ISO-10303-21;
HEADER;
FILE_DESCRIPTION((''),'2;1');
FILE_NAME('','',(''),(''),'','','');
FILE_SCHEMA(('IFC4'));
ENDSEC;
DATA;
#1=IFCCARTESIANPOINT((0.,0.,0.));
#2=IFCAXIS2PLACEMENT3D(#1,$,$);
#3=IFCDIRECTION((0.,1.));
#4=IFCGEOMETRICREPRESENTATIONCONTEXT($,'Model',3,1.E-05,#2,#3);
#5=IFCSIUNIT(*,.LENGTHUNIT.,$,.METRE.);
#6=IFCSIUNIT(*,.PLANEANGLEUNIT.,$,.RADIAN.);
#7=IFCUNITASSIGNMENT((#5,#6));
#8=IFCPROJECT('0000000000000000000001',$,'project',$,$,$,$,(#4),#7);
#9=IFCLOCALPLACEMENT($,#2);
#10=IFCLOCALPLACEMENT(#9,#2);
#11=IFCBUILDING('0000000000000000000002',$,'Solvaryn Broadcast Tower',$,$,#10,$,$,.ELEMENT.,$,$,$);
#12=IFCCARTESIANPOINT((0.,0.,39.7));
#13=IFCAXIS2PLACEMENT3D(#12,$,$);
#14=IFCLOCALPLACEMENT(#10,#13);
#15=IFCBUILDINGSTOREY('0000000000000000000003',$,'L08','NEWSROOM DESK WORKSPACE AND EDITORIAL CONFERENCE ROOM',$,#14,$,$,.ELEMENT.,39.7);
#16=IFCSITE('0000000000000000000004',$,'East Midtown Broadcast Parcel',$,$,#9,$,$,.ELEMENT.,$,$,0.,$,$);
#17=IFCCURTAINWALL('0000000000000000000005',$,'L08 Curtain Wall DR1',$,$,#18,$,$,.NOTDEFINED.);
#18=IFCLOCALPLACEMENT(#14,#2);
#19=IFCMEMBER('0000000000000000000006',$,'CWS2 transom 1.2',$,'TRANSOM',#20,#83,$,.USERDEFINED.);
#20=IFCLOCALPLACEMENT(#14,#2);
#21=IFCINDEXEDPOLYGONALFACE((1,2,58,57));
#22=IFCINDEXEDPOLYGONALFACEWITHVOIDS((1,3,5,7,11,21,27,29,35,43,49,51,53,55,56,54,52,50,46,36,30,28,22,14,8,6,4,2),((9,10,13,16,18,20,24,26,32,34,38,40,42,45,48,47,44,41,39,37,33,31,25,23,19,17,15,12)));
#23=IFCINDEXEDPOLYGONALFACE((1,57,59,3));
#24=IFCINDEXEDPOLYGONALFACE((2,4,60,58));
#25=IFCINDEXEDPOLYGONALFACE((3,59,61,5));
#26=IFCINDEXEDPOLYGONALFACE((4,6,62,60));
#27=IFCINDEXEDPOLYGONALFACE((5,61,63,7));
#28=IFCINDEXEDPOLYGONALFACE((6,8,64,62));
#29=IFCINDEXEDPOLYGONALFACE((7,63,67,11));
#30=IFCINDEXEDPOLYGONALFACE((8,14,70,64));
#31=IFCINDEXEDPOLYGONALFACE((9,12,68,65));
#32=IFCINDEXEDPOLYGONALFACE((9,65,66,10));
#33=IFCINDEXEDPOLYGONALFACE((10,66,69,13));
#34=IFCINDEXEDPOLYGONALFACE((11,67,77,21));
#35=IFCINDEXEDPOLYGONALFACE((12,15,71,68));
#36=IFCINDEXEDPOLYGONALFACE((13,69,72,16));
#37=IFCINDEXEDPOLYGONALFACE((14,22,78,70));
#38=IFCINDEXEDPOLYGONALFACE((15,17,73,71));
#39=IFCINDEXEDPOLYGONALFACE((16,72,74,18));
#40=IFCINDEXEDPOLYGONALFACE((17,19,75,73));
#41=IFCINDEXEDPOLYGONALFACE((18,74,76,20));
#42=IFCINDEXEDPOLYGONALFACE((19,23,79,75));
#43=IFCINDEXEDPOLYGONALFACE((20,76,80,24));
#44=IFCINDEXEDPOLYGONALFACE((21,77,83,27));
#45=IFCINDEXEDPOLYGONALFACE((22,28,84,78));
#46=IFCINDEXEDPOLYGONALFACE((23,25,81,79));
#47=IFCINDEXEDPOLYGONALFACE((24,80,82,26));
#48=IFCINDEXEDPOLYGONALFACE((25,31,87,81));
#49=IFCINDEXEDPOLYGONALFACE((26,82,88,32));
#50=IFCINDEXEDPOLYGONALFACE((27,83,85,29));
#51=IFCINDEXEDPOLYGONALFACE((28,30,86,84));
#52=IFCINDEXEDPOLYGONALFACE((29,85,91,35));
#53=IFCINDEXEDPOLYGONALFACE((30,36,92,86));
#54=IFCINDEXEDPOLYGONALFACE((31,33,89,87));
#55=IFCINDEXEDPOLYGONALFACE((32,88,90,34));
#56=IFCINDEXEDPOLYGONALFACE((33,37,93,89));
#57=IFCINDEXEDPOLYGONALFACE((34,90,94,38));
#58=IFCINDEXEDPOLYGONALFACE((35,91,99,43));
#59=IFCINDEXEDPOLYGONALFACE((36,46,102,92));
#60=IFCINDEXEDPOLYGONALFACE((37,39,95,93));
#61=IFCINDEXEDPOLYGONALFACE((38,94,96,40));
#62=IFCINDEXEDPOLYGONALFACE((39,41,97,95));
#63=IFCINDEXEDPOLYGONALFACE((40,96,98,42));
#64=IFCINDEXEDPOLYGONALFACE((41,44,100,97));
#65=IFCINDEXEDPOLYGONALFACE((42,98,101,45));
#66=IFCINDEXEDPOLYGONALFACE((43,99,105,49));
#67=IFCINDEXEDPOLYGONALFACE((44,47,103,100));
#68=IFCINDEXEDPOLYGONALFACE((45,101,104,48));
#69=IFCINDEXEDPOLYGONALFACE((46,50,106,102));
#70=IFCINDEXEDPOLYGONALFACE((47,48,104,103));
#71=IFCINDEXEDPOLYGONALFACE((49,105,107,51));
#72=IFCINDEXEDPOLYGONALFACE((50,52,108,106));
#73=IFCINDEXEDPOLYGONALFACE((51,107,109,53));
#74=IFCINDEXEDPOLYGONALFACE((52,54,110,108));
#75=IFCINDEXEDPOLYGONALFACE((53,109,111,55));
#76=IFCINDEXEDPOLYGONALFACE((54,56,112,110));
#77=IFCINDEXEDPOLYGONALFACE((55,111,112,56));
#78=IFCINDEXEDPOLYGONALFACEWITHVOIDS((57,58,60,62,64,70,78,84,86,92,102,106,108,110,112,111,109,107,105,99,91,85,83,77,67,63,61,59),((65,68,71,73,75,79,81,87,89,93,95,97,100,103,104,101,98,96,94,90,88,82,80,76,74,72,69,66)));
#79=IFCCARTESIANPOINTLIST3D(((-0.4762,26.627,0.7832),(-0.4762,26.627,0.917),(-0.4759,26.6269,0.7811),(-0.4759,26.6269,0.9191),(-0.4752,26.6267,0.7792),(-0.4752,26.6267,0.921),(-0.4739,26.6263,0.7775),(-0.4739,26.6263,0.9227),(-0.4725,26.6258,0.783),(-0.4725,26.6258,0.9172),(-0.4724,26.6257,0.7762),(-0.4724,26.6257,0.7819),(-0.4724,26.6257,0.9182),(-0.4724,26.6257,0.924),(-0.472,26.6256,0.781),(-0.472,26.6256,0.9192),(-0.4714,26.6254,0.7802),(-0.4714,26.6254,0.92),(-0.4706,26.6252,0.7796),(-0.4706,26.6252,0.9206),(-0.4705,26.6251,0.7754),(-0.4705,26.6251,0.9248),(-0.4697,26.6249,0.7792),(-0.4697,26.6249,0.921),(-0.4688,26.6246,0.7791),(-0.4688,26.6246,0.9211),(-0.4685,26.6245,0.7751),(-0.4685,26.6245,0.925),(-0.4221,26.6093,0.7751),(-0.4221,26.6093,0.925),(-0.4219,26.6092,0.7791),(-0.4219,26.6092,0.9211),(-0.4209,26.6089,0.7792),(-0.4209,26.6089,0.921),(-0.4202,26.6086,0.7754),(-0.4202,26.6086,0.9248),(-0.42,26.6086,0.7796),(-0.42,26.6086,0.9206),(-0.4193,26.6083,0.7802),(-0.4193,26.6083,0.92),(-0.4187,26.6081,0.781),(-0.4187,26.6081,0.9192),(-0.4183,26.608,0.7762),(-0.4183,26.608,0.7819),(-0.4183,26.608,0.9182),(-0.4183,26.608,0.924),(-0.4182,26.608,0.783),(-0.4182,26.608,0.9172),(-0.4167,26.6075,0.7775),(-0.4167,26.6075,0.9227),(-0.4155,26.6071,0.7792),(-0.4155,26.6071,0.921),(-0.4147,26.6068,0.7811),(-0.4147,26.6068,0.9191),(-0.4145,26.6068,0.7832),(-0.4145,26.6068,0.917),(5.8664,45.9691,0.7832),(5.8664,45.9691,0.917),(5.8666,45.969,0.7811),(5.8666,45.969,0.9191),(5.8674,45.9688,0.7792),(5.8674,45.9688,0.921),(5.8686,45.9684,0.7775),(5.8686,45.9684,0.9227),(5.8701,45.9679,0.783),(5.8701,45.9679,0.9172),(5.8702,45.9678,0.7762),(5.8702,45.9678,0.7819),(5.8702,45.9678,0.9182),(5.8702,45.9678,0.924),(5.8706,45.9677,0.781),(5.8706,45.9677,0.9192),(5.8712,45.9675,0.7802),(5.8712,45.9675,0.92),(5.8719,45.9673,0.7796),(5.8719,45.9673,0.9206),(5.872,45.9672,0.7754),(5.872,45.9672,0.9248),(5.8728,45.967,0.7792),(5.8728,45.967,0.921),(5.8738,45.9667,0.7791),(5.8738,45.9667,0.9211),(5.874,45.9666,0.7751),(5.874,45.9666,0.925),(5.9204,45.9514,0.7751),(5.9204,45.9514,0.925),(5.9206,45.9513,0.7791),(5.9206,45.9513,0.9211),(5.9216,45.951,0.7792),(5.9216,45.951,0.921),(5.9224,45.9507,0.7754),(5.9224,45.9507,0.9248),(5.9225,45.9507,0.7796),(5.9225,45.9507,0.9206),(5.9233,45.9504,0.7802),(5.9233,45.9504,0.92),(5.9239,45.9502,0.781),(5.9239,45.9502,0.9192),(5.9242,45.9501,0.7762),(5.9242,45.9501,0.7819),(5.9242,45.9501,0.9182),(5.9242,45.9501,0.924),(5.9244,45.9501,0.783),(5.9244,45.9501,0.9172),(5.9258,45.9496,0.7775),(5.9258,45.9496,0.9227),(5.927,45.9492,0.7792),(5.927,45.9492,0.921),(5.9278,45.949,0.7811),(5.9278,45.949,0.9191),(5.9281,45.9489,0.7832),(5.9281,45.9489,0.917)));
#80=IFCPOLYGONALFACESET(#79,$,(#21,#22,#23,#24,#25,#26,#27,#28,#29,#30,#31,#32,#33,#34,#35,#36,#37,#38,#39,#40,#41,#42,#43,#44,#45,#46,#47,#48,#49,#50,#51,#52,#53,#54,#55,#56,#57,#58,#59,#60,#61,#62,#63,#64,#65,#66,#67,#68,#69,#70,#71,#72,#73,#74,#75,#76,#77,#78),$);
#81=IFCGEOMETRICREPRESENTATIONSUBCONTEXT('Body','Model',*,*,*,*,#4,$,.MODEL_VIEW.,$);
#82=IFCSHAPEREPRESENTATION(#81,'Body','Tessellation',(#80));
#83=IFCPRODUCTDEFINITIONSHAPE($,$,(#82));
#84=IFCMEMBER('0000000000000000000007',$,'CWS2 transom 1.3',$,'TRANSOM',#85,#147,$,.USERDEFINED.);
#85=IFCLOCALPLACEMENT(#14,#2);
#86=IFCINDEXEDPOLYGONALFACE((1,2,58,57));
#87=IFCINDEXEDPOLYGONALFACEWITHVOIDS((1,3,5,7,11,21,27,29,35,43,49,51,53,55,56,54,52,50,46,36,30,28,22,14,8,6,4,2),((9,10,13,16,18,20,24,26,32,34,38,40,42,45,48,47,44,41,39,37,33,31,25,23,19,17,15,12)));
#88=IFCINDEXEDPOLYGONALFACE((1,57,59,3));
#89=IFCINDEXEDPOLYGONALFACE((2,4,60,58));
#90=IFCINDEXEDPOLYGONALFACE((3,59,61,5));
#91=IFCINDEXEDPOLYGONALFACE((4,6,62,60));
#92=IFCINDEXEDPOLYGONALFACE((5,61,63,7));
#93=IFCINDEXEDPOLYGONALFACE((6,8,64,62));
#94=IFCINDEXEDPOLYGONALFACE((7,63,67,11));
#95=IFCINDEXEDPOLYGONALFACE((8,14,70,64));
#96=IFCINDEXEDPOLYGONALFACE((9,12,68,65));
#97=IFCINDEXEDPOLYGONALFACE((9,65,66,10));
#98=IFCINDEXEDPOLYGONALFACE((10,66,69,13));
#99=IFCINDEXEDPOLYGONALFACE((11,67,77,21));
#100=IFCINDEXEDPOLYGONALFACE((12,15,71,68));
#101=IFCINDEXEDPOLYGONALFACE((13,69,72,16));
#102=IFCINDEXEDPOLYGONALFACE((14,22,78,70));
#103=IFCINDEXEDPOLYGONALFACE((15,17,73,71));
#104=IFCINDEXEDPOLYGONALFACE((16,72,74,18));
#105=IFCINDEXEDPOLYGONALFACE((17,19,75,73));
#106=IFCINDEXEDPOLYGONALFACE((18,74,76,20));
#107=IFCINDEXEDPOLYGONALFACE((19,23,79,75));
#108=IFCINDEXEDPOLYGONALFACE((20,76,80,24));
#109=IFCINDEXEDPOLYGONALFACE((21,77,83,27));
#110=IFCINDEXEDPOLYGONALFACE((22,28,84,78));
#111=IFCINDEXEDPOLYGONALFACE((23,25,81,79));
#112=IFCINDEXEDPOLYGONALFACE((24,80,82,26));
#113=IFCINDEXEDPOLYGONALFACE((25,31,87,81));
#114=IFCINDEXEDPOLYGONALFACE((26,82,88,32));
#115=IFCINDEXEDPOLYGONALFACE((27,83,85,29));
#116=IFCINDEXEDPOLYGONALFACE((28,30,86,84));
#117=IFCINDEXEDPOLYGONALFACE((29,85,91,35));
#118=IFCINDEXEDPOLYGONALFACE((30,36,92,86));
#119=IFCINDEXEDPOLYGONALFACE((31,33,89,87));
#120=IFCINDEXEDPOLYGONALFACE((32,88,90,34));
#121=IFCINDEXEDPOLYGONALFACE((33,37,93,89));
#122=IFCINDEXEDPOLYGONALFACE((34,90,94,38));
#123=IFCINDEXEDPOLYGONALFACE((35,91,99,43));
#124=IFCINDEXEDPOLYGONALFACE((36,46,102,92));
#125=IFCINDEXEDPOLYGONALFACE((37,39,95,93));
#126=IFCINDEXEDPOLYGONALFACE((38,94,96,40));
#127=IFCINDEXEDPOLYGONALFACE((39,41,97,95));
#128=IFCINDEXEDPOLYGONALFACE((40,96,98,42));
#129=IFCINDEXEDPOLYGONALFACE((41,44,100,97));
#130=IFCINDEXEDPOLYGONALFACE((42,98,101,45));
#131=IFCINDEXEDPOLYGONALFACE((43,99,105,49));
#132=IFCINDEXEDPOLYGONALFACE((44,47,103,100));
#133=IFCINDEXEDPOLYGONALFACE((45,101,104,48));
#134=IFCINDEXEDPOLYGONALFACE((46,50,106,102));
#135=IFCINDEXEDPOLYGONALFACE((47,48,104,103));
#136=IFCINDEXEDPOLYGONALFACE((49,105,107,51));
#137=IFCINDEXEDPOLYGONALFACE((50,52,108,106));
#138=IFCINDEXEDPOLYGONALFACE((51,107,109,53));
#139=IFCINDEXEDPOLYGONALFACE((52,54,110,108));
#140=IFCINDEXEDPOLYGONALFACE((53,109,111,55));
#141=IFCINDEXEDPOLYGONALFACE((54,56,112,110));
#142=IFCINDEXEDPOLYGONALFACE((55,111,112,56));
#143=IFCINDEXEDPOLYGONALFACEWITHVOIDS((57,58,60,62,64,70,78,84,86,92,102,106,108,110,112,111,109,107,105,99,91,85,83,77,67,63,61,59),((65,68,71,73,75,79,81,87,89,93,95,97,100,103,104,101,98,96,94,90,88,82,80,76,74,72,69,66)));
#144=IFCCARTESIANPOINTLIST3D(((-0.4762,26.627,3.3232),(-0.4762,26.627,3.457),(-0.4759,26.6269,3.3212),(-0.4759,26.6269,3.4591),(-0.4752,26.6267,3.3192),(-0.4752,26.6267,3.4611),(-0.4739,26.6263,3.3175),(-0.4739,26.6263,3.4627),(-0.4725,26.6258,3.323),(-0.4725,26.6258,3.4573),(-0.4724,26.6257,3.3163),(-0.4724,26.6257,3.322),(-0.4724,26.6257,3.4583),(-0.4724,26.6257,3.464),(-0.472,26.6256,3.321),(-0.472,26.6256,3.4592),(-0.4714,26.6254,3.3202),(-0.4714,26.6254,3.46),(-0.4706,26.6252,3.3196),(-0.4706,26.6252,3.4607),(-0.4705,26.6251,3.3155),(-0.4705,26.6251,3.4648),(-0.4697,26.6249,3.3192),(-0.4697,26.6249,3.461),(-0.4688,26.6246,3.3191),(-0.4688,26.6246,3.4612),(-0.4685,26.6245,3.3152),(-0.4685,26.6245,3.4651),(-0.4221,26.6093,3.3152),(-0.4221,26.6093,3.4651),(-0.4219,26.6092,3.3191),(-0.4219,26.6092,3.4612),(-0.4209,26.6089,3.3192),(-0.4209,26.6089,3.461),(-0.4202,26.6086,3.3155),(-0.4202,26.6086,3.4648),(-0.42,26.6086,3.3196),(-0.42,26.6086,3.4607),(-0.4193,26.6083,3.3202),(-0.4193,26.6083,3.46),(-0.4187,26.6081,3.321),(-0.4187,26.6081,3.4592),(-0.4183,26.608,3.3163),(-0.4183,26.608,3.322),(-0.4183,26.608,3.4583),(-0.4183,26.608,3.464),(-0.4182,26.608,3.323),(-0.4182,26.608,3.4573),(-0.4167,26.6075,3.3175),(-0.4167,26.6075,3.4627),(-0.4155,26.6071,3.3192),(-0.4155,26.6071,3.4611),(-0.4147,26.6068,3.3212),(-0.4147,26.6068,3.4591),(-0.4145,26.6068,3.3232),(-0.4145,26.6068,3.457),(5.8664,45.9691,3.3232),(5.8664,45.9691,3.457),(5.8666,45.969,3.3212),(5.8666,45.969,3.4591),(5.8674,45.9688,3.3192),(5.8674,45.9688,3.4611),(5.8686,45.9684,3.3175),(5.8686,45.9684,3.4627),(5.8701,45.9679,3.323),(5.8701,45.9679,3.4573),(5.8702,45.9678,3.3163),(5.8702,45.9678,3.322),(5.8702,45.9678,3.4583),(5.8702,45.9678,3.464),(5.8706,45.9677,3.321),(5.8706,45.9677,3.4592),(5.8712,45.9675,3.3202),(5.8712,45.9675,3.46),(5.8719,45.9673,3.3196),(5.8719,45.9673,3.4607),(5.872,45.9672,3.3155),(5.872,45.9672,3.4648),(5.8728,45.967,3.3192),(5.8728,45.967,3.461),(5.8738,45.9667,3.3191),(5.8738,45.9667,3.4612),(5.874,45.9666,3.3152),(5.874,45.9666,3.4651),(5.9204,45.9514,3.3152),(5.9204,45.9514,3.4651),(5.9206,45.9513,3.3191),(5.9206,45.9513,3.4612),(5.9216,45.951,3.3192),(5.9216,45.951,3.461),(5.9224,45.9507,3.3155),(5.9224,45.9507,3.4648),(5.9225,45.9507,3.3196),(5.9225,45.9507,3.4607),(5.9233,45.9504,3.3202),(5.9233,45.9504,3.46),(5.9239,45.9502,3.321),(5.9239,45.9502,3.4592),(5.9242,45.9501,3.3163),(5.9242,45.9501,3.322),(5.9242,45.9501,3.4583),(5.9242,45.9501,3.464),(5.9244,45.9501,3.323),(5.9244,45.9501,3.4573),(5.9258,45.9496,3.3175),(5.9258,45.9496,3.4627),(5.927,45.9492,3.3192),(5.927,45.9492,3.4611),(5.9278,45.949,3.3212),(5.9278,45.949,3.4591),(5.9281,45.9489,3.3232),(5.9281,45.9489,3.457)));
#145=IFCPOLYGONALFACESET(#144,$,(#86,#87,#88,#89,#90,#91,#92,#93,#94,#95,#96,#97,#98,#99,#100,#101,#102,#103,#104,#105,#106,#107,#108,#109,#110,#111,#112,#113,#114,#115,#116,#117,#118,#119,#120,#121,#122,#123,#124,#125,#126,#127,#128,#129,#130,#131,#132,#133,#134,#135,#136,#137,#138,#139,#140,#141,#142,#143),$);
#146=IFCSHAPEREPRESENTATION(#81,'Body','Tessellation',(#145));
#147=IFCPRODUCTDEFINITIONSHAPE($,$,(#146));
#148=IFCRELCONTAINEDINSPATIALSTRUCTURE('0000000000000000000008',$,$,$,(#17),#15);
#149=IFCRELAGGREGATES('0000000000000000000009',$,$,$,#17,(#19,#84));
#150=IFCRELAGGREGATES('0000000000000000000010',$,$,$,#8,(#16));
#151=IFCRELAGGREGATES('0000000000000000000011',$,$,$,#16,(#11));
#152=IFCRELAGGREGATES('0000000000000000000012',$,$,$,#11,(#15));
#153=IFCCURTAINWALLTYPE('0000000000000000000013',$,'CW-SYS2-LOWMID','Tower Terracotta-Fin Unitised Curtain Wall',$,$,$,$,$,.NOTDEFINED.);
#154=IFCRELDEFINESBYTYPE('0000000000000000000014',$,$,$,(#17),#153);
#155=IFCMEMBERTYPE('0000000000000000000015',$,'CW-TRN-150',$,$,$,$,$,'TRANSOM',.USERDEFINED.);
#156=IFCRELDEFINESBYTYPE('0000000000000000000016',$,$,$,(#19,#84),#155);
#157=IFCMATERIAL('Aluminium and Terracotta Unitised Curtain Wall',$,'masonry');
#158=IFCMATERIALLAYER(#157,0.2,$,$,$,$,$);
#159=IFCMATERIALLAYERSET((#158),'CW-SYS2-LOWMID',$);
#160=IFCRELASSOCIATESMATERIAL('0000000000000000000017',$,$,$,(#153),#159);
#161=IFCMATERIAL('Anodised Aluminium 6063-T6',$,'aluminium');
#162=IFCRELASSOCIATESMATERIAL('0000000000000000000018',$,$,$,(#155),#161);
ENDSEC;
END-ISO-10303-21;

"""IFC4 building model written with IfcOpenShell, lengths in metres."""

from ifc_helpers import new_model, si_unit, direction, frame, origin, origin_2d, place, context, subcontext, project, spatial, hollow_rectangle, extrude, material, layer, layer_set, material_profile, profile_set, type_object, element, aggregate, save


model = new_model("IFC4")

# Units and contexts
model_context = context("Model", 3, precision=1e-05, world=origin(), true_north=direction((0.0, 1.0)))
body_context = subcontext(model_context, "Body", "Model", "MODEL_VIEW")
ifc_project = project(units=[si_unit("LENGTHUNIT", "METRE"), si_unit("PLANEANGLEUNIT", "RADIAN")], contexts=[model_context])

# Site, building, storey
site_placement = place(None, origin())
site = spatial("IfcSite", under=ifc_project, at=site_placement, Name="East Midtown Broadcast Parcel", CompositionType="ELEMENT", RefElevation=0.0)
building_placement = place(site_placement, origin())
building = spatial("IfcBuilding", under=site, at=building_placement, Name="Solvaryn Broadcast Tower", CompositionType="ELEMENT")
storey_placement = place(building_placement, frame((0.0, 0.0, 39.7)))
storey = spatial("IfcBuildingStorey", under=building, at=storey_placement, Name="L08", Description="NEWSROOM DESK WORKSPACE AND EDITORIAL CONFERENCE ROOM", CompositionType="ELEMENT", Elevation=39.7)

# Curtain wall
ifc_material_1 = material(Name="Aluminium and Terracotta Unitised Curtain Wall", Category="masonry")
ifc_layer_1 = layer(ifc_material_1, 0.2)
ifc_layer_set_1 = layer_set([ifc_layer_1], Name="CW-SYS2-LOWMID")
curtain_wall_type = type_object("IfcCurtainWallType", Name="CW-SYS2-LOWMID", Description="Tower Terracotta-Fin Unitised Curtain Wall", PredefinedType="NOTDEFINED", material=ifc_layer_set_1)
curtain_wall_1_placement = place(storey_placement, origin())
curtain_wall_1 = element("IfcCurtainWall", 1, at=curtain_wall_1_placement, inside=storey, type_object=curtain_wall_type, Name="L08 Curtain Wall DR1", PredefinedType="NOTDEFINED")

# Members
ifc_material_2 = material(Name="Anodised Aluminium 6063-T6", Category="aluminium")
ifc_material_profile_1 = material_profile(ifc_material_2, hollow_rectangle(XDim=0.0649, YDim=0.1499, WallThickness=0.0039, InnerFilletRadius=0.0039, OuterFilletRadius=0.0081, at=origin_2d()))
ifc_profile_set_1 = profile_set([ifc_material_profile_1], Name="Anodised Aluminium 6063-T6")
member_type_1 = type_object("IfcMemberType", Name="CW-TRN-150", ElementType="TRANSOM", PredefinedType="USERDEFINED", material=ifc_profile_set_1)
member_1_placement = place(storey_placement, frame((5.8972, 45.959, 0.8501), z_axis=(-0.31159, -0.950217, 0.0), x_axis=(0.950217, -0.31159, 0.0)))
member_1 = element("IfcMember", 2, at=member_1_placement, type_object=member_type_1, Name="CWS2 transom 1.2", ObjectType="TRANSOM", PredefinedType="USERDEFINED", context=body_context, shape_type="SweptSolid", body=[
    extrude(hollow_rectangle(XDim=0.0649, YDim=0.1499, WallThickness=0.0039, InnerFilletRadius=0.0039, OuterFilletRadius=0.0081, at=origin_2d()), origin(), (0.0, 0.0, 1.0), 20.3555),
])
member_2_placement = place(storey_placement, frame((5.8972, 45.959, 3.3901), z_axis=(-0.31159, -0.950217, 0.0), x_axis=(0.950217, -0.31159, 0.0)))
member_2 = element("IfcMember", 3, at=member_2_placement, type_object=member_type_1, Name="CWS2 transom 1.3", ObjectType="TRANSOM", PredefinedType="USERDEFINED", context=body_context, shape_type="SweptSolid", body=[
    extrude(hollow_rectangle(XDim=0.0649, YDim=0.1499, WallThickness=0.0039, InnerFilletRadius=0.0039, OuterFilletRadius=0.0081, at=origin_2d()), origin(), (0.0, 0.0, 1.0), 20.3555),
])
aggregate(curtain_wall_1, [member_1, member_2])

save(model, "model.ifc")
